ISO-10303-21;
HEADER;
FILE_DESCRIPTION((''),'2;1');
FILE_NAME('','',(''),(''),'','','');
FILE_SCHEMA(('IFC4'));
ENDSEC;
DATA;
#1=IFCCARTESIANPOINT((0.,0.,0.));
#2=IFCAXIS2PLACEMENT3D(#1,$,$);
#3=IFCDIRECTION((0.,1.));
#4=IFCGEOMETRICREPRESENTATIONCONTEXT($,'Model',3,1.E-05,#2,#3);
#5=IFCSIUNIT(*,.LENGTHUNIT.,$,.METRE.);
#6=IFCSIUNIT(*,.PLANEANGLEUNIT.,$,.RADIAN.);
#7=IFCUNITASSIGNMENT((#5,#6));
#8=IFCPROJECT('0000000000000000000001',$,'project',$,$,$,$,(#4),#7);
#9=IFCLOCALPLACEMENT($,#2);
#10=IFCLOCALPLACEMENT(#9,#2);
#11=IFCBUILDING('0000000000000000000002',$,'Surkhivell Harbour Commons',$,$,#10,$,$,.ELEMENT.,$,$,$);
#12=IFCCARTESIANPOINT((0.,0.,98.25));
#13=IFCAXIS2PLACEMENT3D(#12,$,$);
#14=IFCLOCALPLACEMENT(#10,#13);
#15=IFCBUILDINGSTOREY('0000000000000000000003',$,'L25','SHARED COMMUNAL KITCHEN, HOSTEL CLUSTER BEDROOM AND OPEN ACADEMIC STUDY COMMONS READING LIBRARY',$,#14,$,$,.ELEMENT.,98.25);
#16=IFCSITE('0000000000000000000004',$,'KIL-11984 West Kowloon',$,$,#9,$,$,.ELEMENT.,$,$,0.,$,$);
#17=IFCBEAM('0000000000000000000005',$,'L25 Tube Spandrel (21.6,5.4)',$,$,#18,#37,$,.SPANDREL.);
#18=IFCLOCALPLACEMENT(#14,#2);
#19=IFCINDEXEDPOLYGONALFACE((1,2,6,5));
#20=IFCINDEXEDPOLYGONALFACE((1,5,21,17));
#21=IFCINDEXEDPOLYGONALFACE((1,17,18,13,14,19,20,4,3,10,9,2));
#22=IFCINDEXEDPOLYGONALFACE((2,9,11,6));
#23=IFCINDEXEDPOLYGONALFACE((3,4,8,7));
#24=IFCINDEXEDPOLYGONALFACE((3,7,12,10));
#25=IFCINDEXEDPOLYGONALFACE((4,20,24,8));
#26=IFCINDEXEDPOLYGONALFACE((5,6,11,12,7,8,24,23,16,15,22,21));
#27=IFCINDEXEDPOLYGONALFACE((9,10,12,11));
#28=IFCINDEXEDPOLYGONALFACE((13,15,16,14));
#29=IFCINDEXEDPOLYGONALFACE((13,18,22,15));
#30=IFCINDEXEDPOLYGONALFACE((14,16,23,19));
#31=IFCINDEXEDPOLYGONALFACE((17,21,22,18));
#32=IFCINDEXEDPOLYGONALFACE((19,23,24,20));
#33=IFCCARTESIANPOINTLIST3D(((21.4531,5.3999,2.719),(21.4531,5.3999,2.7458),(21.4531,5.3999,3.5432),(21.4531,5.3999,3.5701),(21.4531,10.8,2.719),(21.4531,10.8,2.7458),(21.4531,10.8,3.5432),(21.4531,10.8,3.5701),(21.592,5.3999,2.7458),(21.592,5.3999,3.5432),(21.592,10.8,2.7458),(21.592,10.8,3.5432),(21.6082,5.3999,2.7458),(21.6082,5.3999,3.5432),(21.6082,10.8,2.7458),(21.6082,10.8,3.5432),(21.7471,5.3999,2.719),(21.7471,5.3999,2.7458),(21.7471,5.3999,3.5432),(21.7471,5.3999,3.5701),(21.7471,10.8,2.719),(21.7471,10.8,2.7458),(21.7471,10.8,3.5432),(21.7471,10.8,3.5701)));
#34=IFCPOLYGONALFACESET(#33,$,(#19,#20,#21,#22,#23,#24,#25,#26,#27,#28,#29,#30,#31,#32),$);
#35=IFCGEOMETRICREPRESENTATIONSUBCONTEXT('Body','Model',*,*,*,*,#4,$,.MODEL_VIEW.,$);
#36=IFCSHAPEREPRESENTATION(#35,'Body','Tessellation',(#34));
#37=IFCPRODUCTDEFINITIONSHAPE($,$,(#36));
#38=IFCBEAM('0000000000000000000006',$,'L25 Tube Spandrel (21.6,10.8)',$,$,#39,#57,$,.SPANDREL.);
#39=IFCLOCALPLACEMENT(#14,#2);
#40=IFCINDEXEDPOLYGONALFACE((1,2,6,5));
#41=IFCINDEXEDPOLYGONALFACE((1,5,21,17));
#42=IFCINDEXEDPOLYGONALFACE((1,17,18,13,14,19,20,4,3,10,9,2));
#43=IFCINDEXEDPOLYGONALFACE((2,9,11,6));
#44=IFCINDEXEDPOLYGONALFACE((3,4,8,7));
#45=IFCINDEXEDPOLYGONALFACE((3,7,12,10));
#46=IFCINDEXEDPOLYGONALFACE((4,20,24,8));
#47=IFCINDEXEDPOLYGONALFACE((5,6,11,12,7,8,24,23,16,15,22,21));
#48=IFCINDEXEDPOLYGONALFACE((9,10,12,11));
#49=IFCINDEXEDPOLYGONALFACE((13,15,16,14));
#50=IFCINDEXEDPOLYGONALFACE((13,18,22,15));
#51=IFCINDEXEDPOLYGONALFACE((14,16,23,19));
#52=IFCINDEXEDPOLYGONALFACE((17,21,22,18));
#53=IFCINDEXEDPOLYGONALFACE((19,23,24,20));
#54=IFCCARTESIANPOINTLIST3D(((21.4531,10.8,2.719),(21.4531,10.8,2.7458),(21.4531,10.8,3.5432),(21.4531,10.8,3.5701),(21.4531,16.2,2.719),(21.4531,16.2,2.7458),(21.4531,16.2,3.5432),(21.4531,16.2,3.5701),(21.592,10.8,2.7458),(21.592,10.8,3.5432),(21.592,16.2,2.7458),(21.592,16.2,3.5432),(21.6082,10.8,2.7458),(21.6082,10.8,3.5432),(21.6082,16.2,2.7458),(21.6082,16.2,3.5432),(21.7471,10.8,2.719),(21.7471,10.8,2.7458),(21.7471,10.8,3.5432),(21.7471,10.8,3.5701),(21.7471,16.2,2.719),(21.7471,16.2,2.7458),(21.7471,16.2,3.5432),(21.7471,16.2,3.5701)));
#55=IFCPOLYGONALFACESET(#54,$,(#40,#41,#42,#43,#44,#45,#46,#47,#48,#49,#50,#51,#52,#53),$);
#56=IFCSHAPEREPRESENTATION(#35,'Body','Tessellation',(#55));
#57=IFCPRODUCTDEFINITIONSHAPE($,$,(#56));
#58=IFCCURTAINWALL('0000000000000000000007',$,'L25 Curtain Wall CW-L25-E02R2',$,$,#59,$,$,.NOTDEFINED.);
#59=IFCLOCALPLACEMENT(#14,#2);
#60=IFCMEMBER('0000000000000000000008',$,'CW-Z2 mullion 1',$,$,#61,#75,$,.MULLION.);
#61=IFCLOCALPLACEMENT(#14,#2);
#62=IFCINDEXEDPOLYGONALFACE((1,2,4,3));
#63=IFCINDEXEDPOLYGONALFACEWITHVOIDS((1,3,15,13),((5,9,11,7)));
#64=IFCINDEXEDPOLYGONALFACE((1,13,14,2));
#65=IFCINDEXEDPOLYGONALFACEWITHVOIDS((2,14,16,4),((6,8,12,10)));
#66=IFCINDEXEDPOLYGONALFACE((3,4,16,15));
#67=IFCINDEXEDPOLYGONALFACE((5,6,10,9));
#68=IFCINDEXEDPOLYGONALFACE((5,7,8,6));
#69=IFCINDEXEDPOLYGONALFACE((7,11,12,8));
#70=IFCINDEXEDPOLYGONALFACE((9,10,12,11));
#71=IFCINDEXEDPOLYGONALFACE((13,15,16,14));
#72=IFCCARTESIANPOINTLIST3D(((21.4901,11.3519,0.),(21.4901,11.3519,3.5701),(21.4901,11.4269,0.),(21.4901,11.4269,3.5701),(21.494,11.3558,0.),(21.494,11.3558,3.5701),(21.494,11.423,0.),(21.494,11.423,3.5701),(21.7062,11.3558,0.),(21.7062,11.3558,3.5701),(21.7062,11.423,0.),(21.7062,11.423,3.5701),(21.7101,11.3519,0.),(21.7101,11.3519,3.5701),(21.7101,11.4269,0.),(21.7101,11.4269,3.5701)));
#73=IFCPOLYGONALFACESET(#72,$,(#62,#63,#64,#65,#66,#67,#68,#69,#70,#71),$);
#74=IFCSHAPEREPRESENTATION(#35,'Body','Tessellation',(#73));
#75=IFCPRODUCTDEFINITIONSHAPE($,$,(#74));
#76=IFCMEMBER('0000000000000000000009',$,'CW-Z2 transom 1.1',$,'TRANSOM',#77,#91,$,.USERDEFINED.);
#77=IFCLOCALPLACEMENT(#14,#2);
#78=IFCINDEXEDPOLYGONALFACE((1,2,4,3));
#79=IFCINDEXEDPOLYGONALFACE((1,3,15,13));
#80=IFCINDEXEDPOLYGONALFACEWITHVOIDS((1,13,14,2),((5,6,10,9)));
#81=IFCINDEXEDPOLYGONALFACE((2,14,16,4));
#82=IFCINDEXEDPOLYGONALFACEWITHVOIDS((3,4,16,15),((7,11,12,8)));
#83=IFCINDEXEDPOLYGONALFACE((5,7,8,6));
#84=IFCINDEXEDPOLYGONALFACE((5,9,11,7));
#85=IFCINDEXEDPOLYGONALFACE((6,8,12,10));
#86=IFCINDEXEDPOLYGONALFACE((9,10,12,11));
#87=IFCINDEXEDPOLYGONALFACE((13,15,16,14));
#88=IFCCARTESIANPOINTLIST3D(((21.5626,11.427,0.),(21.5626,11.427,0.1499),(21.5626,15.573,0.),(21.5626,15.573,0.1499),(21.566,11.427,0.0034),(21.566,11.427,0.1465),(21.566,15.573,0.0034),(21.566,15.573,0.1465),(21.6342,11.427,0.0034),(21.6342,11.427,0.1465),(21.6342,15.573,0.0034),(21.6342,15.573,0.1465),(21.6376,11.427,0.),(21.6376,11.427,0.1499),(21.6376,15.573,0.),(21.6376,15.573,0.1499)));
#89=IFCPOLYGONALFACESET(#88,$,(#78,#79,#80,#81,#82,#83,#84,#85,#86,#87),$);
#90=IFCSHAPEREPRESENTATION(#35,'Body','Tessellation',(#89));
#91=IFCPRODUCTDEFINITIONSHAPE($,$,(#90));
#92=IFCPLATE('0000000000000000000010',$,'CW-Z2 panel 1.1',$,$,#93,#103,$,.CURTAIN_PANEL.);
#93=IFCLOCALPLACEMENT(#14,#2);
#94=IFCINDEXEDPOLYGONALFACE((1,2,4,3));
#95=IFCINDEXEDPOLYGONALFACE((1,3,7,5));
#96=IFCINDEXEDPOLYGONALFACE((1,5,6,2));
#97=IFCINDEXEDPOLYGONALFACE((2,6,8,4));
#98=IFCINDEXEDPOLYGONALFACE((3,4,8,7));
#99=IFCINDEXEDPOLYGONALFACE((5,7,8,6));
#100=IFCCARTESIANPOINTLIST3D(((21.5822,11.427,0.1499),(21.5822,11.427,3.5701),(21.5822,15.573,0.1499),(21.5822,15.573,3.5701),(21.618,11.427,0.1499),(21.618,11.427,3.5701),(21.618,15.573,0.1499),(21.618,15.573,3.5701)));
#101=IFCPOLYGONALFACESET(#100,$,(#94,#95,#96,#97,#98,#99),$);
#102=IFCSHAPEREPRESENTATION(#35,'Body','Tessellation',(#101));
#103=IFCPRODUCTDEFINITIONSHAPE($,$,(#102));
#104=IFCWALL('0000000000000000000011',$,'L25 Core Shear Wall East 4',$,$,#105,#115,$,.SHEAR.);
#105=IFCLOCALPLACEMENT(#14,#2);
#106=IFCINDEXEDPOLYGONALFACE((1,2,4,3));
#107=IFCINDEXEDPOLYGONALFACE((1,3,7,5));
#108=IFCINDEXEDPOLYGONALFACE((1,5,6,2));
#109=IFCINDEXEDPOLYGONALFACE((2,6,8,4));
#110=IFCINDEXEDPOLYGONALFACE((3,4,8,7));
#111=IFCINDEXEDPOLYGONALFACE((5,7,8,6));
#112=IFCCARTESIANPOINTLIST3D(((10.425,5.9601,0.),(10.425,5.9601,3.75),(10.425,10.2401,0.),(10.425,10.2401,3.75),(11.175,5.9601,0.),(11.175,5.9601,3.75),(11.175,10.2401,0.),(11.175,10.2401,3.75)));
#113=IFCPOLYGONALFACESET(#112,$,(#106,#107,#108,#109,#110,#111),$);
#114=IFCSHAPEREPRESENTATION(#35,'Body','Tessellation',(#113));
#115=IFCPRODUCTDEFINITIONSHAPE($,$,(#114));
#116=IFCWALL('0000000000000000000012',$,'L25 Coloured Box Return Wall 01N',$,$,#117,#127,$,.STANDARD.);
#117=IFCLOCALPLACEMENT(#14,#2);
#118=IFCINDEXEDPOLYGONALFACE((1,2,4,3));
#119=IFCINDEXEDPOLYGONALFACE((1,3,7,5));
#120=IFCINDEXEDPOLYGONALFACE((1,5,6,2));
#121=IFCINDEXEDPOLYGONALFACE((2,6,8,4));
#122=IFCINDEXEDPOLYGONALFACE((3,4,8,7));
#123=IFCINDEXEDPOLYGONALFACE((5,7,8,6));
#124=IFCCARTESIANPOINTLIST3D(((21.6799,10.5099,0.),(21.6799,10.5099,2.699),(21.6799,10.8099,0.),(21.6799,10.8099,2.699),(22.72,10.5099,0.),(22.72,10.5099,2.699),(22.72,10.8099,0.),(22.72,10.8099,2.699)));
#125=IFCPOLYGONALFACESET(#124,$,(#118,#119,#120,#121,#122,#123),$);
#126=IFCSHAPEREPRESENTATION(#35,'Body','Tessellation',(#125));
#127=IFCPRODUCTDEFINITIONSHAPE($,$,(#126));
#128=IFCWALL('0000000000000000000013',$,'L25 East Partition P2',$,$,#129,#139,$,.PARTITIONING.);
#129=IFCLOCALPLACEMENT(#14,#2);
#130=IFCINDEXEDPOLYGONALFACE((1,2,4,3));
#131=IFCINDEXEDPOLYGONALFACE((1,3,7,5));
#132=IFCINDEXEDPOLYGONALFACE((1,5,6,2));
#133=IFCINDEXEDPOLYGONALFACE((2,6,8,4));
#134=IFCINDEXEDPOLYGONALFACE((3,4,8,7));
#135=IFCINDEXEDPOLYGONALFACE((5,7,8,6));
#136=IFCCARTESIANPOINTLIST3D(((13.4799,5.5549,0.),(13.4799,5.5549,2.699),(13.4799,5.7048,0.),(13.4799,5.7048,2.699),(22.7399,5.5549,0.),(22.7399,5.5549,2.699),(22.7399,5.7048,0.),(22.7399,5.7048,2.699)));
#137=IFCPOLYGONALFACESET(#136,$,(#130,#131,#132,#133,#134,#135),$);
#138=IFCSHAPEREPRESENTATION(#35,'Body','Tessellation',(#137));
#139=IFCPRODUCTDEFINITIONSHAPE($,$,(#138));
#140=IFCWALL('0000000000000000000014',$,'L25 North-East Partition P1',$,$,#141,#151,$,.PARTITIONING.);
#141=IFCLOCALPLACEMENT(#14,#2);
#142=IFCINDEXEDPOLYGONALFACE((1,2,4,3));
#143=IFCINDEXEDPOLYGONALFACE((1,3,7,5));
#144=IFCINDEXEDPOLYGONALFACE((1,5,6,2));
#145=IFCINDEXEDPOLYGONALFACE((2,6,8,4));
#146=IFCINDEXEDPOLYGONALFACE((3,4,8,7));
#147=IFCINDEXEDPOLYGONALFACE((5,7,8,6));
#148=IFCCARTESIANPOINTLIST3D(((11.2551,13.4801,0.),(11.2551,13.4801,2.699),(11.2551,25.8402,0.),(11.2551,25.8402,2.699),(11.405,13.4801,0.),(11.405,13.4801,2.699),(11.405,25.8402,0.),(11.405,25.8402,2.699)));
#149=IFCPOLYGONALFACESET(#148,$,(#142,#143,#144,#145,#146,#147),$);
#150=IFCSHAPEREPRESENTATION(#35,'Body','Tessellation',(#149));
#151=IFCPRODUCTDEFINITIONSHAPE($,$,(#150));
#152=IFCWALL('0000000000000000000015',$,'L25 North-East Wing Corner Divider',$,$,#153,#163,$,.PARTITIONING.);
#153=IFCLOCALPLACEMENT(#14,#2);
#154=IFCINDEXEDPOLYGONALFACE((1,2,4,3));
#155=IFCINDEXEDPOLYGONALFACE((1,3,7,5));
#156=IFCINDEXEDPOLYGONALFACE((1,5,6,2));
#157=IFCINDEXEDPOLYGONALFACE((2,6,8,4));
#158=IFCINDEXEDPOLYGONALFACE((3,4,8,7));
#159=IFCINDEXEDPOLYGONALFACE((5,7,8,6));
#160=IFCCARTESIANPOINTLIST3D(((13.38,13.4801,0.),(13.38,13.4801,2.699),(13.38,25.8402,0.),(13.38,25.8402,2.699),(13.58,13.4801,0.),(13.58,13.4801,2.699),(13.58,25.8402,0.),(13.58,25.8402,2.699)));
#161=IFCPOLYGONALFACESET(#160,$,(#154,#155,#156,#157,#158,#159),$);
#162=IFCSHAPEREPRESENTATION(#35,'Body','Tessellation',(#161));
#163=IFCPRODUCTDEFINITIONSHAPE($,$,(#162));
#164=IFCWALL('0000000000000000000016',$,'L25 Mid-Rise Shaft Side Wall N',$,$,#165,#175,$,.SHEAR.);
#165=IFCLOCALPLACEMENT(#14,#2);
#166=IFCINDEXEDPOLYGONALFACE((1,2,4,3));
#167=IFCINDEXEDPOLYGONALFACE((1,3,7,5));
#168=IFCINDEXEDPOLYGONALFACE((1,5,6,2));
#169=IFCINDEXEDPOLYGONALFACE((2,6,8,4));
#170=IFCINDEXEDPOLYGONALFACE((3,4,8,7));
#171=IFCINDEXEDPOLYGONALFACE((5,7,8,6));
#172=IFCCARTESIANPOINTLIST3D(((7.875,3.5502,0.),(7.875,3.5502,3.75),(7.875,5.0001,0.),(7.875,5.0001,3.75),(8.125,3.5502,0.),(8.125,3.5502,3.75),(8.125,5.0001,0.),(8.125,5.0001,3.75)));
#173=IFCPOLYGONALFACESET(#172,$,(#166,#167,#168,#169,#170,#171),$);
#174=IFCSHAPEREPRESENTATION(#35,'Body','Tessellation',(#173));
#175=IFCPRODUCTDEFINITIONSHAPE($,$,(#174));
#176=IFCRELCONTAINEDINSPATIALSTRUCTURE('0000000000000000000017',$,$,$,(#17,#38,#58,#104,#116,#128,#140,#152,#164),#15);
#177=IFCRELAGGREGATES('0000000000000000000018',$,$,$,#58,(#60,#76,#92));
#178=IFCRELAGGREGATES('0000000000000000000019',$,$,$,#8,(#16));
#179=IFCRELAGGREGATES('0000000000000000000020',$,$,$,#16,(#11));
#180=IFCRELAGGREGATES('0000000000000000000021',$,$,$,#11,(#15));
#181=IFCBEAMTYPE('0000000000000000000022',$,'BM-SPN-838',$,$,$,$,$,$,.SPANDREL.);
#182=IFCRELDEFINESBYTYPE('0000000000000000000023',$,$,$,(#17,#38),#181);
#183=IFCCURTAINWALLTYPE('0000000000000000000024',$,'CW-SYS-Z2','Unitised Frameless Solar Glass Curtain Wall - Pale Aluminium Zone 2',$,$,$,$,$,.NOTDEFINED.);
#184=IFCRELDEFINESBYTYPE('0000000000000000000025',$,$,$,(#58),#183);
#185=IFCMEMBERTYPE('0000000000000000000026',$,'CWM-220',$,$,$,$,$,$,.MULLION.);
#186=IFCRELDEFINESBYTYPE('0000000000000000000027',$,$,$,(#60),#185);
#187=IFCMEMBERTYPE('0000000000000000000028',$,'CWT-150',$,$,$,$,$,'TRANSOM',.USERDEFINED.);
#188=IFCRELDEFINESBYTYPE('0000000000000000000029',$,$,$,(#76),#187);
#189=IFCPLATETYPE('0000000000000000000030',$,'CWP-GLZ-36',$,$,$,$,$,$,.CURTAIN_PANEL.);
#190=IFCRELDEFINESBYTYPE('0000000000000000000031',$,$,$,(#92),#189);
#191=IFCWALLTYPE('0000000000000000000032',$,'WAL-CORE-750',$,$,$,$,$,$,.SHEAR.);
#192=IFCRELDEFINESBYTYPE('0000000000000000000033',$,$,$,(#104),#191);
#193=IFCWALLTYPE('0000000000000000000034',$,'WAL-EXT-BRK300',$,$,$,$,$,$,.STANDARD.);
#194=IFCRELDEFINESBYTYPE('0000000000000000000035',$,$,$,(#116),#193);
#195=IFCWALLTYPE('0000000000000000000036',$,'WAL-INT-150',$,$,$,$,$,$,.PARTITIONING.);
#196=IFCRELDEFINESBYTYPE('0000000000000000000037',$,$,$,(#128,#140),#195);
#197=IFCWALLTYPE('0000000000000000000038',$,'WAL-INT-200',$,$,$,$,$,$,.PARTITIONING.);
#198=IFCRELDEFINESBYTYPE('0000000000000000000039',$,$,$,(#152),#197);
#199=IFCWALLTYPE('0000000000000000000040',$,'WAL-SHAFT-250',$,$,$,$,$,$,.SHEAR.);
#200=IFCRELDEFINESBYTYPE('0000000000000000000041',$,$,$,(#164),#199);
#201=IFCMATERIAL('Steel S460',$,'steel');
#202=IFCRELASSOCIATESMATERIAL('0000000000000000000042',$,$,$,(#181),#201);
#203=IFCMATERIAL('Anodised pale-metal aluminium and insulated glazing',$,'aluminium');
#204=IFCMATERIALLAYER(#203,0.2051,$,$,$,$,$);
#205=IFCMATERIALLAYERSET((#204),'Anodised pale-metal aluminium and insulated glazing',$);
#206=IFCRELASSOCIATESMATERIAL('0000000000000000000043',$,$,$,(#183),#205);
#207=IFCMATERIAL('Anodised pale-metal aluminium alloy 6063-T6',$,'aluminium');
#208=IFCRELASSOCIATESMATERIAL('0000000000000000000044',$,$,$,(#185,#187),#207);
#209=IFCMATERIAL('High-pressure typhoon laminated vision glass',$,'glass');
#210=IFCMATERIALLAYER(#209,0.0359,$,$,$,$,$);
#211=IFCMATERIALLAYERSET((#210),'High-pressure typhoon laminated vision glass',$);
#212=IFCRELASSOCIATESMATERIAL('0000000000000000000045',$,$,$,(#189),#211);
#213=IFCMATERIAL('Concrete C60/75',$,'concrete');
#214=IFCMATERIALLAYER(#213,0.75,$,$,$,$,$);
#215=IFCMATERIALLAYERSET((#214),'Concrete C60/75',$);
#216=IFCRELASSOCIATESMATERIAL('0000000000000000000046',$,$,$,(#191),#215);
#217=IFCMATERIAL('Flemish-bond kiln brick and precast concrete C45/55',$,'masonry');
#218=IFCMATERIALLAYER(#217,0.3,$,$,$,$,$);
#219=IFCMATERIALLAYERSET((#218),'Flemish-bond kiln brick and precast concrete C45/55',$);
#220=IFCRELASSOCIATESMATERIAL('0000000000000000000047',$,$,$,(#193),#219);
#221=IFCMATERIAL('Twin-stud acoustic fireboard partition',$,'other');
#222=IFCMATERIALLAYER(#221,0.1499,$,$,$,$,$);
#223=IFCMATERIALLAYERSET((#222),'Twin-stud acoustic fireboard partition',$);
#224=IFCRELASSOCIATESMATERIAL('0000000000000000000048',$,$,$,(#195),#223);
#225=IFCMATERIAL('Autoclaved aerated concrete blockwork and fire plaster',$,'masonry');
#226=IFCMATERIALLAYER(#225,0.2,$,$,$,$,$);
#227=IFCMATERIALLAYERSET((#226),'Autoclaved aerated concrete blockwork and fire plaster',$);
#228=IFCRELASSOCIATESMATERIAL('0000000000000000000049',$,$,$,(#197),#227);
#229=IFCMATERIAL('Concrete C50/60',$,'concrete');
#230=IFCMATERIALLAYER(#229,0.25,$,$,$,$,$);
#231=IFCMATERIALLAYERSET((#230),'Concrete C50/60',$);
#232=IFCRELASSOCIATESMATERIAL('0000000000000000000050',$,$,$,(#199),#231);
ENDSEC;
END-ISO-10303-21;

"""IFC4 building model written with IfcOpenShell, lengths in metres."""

from ifc_helpers import new_model, si_unit, direction, frame, frame_2d, origin, origin_2d, place, context, subcontext, project, spatial, rectangle, hollow_rectangle, i_section, extrude, material, layer, layer_set, material_profile, profile_set, type_object, element, aggregate, save


model = new_model("IFC4")

# Units and contexts
model_context = context("Model", 3, precision=1e-05, world=origin(), true_north=direction((0.0, 1.0)))
body_context = subcontext(model_context, "Body", "Model", "MODEL_VIEW")
ifc_project = project(units=[si_unit("LENGTHUNIT", "METRE"), si_unit("PLANEANGLEUNIT", "RADIAN")], contexts=[model_context])

# Site, building, storey
site_placement = place(None, origin())
site = spatial("IfcSite", under=ifc_project, at=site_placement, Name="KIL-11984 West Kowloon", CompositionType="ELEMENT", RefElevation=0.0)
building_placement = place(site_placement, origin())
building = spatial("IfcBuilding", under=site, at=building_placement, Name="Surkhivell Harbour Commons", CompositionType="ELEMENT")
storey_placement = place(building_placement, frame((0.0, 0.0, 98.25)))
storey = spatial("IfcBuildingStorey", under=building, at=storey_placement, Name="L25", Description="SHARED COMMUNAL KITCHEN, HOSTEL CLUSTER BEDROOM AND OPEN ACADEMIC STUDY COMMONS READING LIBRARY", CompositionType="ELEMENT", Elevation=98.25)

# Shared definitions
ifc_material_1 = material(Name="Concrete C60/75", Category="concrete")

# Beams
ifc_material_2 = material(Name="Steel S460", Category="steel")
ifc_material_profile_1 = material_profile(ifc_material_2, i_section(OverallWidth=0.2939, OverallDepth=0.8511, WebThickness=0.0161, FlangeThickness=0.0269, at=origin_2d()), Name="UB838x292x226")
ifc_profile_set_1 = profile_set([ifc_material_profile_1], Name="Steel S460")
beam_type_1 = type_object("IfcBeamType", Name="BM-SPN-838", PredefinedType="SPANDREL", material=ifc_profile_set_1)
beam_1_placement = place(storey_placement, frame((21.6001, 5.3999, 3.1445), z_axis=(0.0, 1.0, 0.0), x_axis=(-1.0, 0.0, 0.0)))
element("IfcBeam", 1, at=beam_1_placement, inside=storey, type_object=beam_type_1, Name="L25 Tube Spandrel (21.6,5.4)", PredefinedType="SPANDREL", context=body_context, shape_type="SweptSolid", body=[
    extrude(i_section(OverallWidth=0.2939, OverallDepth=0.8511, WebThickness=0.0161, FlangeThickness=0.0269, at=origin_2d()), origin(), (0.0, 0.0, 1.0), 5.4001),
])
beam_2_placement = place(storey_placement, frame((21.6001, 10.8, 3.1445), z_axis=(0.0, 1.0, 0.0), x_axis=(-1.0, 0.0, 0.0)))
element("IfcBeam", 2, at=beam_2_placement, inside=storey, type_object=beam_type_1, Name="L25 Tube Spandrel (21.6,10.8)", PredefinedType="SPANDREL", context=body_context, shape_type="SweptSolid", body=[
    extrude(i_section(OverallWidth=0.2939, OverallDepth=0.8511, WebThickness=0.0161, FlangeThickness=0.0269, at=origin_2d()), origin(), (0.0, 0.0, 1.0), 5.3999),
])

# Curtain wall, members, plate
ifc_material_3 = material(Name="Anodised pale-metal aluminium and insulated glazing", Category="aluminium")
ifc_layer_1 = layer(ifc_material_3, 0.2051)
ifc_layer_set_1 = layer_set([ifc_layer_1], Name="Anodised pale-metal aluminium and insulated glazing")
curtain_wall_type = type_object("IfcCurtainWallType", Name="CW-SYS-Z2", Description="Unitised Frameless Solar Glass Curtain Wall - Pale Aluminium Zone 2", PredefinedType="NOTDEFINED", material=ifc_layer_set_1)
curtain_wall_placement = place(storey_placement, origin())
curtain_wall = element("IfcCurtainWall", 3, at=curtain_wall_placement, inside=storey, type_object=curtain_wall_type, Name="L25 Curtain Wall CW-L25-E02R2", PredefinedType="NOTDEFINED")
ifc_material_4 = material(Name="Anodised pale-metal aluminium alloy 6063-T6", Category="aluminium")
ifc_material_profile_2 = material_profile(ifc_material_4, hollow_rectangle(XDim=0.075, YDim=0.22, WallThickness=0.0039, at=origin_2d()), Name="ALU-MULL-75x220")
ifc_profile_set_2 = profile_set([ifc_material_profile_2], Name="Anodised pale-metal aluminium alloy 6063-T6")
member_type_1 = type_object("IfcMemberType", Name="CWM-220", PredefinedType="MULLION", material=ifc_profile_set_2)
member_1_placement = place(storey_placement, frame((21.6001, 11.3894, 0.0), z_axis=(0.0, 0.0, 1.0), x_axis=(0.0, 1.0, 0.0)))
member_1 = element("IfcMember", 4, at=member_1_placement, type_object=member_type_1, Name="CW-Z2 mullion 1", PredefinedType="MULLION", context=body_context, shape_type="SweptSolid", body=[
    extrude(hollow_rectangle(XDim=0.075, YDim=0.22, WallThickness=0.0039, at=origin_2d()), origin(), (0.0, 0.0, 1.0), 3.5701),
])
ifc_material_profile_3 = material_profile(ifc_material_4, hollow_rectangle(XDim=0.075, YDim=0.1499, WallThickness=0.0034, at=origin_2d()), Name="ALU-TRAN-75x150")
ifc_profile_set_3 = profile_set([ifc_material_profile_3], Name="Anodised pale-metal aluminium alloy 6063-T6")
member_type_2 = type_object("IfcMemberType", Name="CWT-150", ElementType="TRANSOM", PredefinedType="USERDEFINED", material=ifc_profile_set_3)
member_2_placement = place(storey_placement, frame((21.6001, 11.427, 0.075), z_axis=(0.0, 1.0, 0.0), x_axis=(-1.0, 0.0, 0.0)))
member_2 = element("IfcMember", 5, at=member_2_placement, type_object=member_type_2, Name="CW-Z2 transom 1.1", ObjectType="TRANSOM", PredefinedType="USERDEFINED", context=body_context, shape_type="SweptSolid", body=[
    extrude(hollow_rectangle(XDim=0.075, YDim=0.1499, WallThickness=0.0034, at=origin_2d()), origin(), (0.0, 0.0, 1.0), 4.146),
])
ifc_material_5 = material(Name="High-pressure typhoon laminated vision glass", Category="glass")
ifc_layer_2 = layer(ifc_material_5, 0.0359)
ifc_layer_set_2 = layer_set([ifc_layer_2], Name="High-pressure typhoon laminated vision glass")
plate_type = type_object("IfcPlateType", Name="CWP-GLZ-36", PredefinedType="CURTAIN_PANEL", material=ifc_layer_set_2)
plate_placement = place(storey_placement, frame((21.6001, 11.427, 0.1499), z_axis=(0.0, 0.0, 1.0), x_axis=(0.0, 1.0, 0.0)))
plate = element("IfcPlate", 6, at=plate_placement, type_object=plate_type, Name="CW-Z2 panel 1.1", PredefinedType="CURTAIN_PANEL", context=body_context, shape_type="SweptSolid", body=[
    extrude(rectangle(XDim=4.146, YDim=0.0359, at=frame_2d((2.073, 0.0))), origin(), (0.0, 0.0, 1.0), 3.4202),
])
aggregate(curtain_wall, [member_1, member_2, plate])

# Walls
ifc_layer_3 = layer(ifc_material_1, 0.75)
ifc_layer_set_3 = layer_set([ifc_layer_3], Name="Concrete C60/75")
wall_type_1 = type_object("IfcWallType", Name="WAL-CORE-750", PredefinedType="SHEAR", material=ifc_layer_set_3)
wall_1_placement = place(storey_placement, frame((10.8, 5.96, 0.0), z_axis=(0.0, 0.0, 1.0), x_axis=(0.0, 1.0, 0.0)))
element("IfcWall", 7, at=wall_1_placement, inside=storey, type_object=wall_type_1, Name="L25 Core Shear Wall East 4", PredefinedType="SHEAR", context=body_context, shape_type="SweptSolid", body=[
    extrude(rectangle(XDim=4.28, YDim=0.75, at=frame_2d((2.1401, 0.0))), origin(), (0.0, 0.0, 1.0), 3.75),
])
ifc_material_6 = material(Name="Flemish-bond kiln brick and precast concrete C45/55", Category="masonry")
ifc_layer_4 = layer(ifc_material_6, 0.3)
ifc_layer_set_4 = layer_set([ifc_layer_4], Name="Flemish-bond kiln brick and precast concrete C45/55")
wall_type_2 = type_object("IfcWallType", Name="WAL-EXT-BRK300", PredefinedType="STANDARD", material=ifc_layer_set_4)
wall_2_placement = place(storey_placement, frame((21.6799, 10.6599, 0.0), z_axis=(0.0, 0.0, 1.0), x_axis=(1.0, 0.0, 0.0)))
element("IfcWall", 8, at=wall_2_placement, inside=storey, type_object=wall_type_2, Name="L25 Coloured Box Return Wall 01N", PredefinedType="STANDARD", context=body_context, shape_type="SweptSolid", body=[
    extrude(rectangle(XDim=1.04, YDim=0.3, at=frame_2d((0.52, 0.0))), origin(), (0.0, 0.0, 1.0), 2.699),
])
ifc_material_7 = material(Name="Twin-stud acoustic fireboard partition", Category="other")
ifc_layer_5 = layer(ifc_material_7, 0.1499)
ifc_layer_set_5 = layer_set([ifc_layer_5], Name="Twin-stud acoustic fireboard partition")
wall_type_3 = type_object("IfcWallType", Name="WAL-INT-150", PredefinedType="PARTITIONING", material=ifc_layer_set_5)
wall_3_placement = place(storey_placement, frame((13.48, 5.6299, 0.0), z_axis=(0.0, 0.0, 1.0), x_axis=(1.0, 0.0, 0.0)))
element("IfcWall", 9, at=wall_3_placement, inside=storey, type_object=wall_type_3, Name="L25 East Partition P2", PredefinedType="PARTITIONING", context=body_context, shape_type="SweptSolid", body=[
    extrude(rectangle(XDim=9.26, YDim=0.1499, at=frame_2d((4.6299, 0.0))), origin(), (0.0, 0.0, 1.0), 2.699),
])
wall_4_placement = place(storey_placement, frame((11.3301, 13.48, 0.0), z_axis=(0.0, 0.0, 1.0), x_axis=(0.0, 1.0, 0.0)))
element("IfcWall", 10, at=wall_4_placement, inside=storey, type_object=wall_type_3, Name="L25 North-East Partition P1", PredefinedType="PARTITIONING", context=body_context, shape_type="SweptSolid", body=[
    extrude(rectangle(XDim=12.3601, YDim=0.1499, at=frame_2d((6.1802, 0.0))), origin(), (0.0, 0.0, 1.0), 2.699),
])
ifc_material_8 = material(Name="Autoclaved aerated concrete blockwork and fire plaster", Category="masonry")
ifc_layer_6 = layer(ifc_material_8, 0.2)
ifc_layer_set_6 = layer_set([ifc_layer_6], Name="Autoclaved aerated concrete blockwork and fire plaster")
wall_type_4 = type_object("IfcWallType", Name="WAL-INT-200", PredefinedType="PARTITIONING", material=ifc_layer_set_6)
wall_5_placement = place(storey_placement, frame((13.48, 13.48, 0.0), z_axis=(0.0, 0.0, 1.0), x_axis=(0.0, 1.0, 0.0)))
element("IfcWall", 11, at=wall_5_placement, inside=storey, type_object=wall_type_4, Name="L25 North-East Wing Corner Divider", PredefinedType="PARTITIONING", context=body_context, shape_type="SweptSolid", body=[
    extrude(rectangle(XDim=12.3601, YDim=0.2, at=frame_2d((6.1802, 0.0))), origin(), (0.0, 0.0, 1.0), 2.699),
])
ifc_material_9 = material(Name="Concrete C50/60", Category="concrete")
ifc_layer_7 = layer(ifc_material_9, 0.25)
ifc_layer_set_7 = layer_set([ifc_layer_7], Name="Concrete C50/60")
wall_type_5 = type_object("IfcWallType", Name="WAL-SHAFT-250", PredefinedType="SHEAR", material=ifc_layer_set_7)
wall_6_placement = place(storey_placement, frame((8.0, 3.55, 0.0), z_axis=(0.0, 0.0, 1.0), x_axis=(0.0, 1.0, 0.0)))
element("IfcWall", 12, at=wall_6_placement, inside=storey, type_object=wall_type_5, Name="L25 Mid-Rise Shaft Side Wall N", PredefinedType="SHEAR", context=body_context, shape_type="SweptSolid", body=[
    extrude(rectangle(XDim=1.45, YDim=0.25, at=frame_2d((0.7251, 0.0))), origin(), (0.0, 0.0, 1.0), 3.75),
])

save(model, "model.ifc")
